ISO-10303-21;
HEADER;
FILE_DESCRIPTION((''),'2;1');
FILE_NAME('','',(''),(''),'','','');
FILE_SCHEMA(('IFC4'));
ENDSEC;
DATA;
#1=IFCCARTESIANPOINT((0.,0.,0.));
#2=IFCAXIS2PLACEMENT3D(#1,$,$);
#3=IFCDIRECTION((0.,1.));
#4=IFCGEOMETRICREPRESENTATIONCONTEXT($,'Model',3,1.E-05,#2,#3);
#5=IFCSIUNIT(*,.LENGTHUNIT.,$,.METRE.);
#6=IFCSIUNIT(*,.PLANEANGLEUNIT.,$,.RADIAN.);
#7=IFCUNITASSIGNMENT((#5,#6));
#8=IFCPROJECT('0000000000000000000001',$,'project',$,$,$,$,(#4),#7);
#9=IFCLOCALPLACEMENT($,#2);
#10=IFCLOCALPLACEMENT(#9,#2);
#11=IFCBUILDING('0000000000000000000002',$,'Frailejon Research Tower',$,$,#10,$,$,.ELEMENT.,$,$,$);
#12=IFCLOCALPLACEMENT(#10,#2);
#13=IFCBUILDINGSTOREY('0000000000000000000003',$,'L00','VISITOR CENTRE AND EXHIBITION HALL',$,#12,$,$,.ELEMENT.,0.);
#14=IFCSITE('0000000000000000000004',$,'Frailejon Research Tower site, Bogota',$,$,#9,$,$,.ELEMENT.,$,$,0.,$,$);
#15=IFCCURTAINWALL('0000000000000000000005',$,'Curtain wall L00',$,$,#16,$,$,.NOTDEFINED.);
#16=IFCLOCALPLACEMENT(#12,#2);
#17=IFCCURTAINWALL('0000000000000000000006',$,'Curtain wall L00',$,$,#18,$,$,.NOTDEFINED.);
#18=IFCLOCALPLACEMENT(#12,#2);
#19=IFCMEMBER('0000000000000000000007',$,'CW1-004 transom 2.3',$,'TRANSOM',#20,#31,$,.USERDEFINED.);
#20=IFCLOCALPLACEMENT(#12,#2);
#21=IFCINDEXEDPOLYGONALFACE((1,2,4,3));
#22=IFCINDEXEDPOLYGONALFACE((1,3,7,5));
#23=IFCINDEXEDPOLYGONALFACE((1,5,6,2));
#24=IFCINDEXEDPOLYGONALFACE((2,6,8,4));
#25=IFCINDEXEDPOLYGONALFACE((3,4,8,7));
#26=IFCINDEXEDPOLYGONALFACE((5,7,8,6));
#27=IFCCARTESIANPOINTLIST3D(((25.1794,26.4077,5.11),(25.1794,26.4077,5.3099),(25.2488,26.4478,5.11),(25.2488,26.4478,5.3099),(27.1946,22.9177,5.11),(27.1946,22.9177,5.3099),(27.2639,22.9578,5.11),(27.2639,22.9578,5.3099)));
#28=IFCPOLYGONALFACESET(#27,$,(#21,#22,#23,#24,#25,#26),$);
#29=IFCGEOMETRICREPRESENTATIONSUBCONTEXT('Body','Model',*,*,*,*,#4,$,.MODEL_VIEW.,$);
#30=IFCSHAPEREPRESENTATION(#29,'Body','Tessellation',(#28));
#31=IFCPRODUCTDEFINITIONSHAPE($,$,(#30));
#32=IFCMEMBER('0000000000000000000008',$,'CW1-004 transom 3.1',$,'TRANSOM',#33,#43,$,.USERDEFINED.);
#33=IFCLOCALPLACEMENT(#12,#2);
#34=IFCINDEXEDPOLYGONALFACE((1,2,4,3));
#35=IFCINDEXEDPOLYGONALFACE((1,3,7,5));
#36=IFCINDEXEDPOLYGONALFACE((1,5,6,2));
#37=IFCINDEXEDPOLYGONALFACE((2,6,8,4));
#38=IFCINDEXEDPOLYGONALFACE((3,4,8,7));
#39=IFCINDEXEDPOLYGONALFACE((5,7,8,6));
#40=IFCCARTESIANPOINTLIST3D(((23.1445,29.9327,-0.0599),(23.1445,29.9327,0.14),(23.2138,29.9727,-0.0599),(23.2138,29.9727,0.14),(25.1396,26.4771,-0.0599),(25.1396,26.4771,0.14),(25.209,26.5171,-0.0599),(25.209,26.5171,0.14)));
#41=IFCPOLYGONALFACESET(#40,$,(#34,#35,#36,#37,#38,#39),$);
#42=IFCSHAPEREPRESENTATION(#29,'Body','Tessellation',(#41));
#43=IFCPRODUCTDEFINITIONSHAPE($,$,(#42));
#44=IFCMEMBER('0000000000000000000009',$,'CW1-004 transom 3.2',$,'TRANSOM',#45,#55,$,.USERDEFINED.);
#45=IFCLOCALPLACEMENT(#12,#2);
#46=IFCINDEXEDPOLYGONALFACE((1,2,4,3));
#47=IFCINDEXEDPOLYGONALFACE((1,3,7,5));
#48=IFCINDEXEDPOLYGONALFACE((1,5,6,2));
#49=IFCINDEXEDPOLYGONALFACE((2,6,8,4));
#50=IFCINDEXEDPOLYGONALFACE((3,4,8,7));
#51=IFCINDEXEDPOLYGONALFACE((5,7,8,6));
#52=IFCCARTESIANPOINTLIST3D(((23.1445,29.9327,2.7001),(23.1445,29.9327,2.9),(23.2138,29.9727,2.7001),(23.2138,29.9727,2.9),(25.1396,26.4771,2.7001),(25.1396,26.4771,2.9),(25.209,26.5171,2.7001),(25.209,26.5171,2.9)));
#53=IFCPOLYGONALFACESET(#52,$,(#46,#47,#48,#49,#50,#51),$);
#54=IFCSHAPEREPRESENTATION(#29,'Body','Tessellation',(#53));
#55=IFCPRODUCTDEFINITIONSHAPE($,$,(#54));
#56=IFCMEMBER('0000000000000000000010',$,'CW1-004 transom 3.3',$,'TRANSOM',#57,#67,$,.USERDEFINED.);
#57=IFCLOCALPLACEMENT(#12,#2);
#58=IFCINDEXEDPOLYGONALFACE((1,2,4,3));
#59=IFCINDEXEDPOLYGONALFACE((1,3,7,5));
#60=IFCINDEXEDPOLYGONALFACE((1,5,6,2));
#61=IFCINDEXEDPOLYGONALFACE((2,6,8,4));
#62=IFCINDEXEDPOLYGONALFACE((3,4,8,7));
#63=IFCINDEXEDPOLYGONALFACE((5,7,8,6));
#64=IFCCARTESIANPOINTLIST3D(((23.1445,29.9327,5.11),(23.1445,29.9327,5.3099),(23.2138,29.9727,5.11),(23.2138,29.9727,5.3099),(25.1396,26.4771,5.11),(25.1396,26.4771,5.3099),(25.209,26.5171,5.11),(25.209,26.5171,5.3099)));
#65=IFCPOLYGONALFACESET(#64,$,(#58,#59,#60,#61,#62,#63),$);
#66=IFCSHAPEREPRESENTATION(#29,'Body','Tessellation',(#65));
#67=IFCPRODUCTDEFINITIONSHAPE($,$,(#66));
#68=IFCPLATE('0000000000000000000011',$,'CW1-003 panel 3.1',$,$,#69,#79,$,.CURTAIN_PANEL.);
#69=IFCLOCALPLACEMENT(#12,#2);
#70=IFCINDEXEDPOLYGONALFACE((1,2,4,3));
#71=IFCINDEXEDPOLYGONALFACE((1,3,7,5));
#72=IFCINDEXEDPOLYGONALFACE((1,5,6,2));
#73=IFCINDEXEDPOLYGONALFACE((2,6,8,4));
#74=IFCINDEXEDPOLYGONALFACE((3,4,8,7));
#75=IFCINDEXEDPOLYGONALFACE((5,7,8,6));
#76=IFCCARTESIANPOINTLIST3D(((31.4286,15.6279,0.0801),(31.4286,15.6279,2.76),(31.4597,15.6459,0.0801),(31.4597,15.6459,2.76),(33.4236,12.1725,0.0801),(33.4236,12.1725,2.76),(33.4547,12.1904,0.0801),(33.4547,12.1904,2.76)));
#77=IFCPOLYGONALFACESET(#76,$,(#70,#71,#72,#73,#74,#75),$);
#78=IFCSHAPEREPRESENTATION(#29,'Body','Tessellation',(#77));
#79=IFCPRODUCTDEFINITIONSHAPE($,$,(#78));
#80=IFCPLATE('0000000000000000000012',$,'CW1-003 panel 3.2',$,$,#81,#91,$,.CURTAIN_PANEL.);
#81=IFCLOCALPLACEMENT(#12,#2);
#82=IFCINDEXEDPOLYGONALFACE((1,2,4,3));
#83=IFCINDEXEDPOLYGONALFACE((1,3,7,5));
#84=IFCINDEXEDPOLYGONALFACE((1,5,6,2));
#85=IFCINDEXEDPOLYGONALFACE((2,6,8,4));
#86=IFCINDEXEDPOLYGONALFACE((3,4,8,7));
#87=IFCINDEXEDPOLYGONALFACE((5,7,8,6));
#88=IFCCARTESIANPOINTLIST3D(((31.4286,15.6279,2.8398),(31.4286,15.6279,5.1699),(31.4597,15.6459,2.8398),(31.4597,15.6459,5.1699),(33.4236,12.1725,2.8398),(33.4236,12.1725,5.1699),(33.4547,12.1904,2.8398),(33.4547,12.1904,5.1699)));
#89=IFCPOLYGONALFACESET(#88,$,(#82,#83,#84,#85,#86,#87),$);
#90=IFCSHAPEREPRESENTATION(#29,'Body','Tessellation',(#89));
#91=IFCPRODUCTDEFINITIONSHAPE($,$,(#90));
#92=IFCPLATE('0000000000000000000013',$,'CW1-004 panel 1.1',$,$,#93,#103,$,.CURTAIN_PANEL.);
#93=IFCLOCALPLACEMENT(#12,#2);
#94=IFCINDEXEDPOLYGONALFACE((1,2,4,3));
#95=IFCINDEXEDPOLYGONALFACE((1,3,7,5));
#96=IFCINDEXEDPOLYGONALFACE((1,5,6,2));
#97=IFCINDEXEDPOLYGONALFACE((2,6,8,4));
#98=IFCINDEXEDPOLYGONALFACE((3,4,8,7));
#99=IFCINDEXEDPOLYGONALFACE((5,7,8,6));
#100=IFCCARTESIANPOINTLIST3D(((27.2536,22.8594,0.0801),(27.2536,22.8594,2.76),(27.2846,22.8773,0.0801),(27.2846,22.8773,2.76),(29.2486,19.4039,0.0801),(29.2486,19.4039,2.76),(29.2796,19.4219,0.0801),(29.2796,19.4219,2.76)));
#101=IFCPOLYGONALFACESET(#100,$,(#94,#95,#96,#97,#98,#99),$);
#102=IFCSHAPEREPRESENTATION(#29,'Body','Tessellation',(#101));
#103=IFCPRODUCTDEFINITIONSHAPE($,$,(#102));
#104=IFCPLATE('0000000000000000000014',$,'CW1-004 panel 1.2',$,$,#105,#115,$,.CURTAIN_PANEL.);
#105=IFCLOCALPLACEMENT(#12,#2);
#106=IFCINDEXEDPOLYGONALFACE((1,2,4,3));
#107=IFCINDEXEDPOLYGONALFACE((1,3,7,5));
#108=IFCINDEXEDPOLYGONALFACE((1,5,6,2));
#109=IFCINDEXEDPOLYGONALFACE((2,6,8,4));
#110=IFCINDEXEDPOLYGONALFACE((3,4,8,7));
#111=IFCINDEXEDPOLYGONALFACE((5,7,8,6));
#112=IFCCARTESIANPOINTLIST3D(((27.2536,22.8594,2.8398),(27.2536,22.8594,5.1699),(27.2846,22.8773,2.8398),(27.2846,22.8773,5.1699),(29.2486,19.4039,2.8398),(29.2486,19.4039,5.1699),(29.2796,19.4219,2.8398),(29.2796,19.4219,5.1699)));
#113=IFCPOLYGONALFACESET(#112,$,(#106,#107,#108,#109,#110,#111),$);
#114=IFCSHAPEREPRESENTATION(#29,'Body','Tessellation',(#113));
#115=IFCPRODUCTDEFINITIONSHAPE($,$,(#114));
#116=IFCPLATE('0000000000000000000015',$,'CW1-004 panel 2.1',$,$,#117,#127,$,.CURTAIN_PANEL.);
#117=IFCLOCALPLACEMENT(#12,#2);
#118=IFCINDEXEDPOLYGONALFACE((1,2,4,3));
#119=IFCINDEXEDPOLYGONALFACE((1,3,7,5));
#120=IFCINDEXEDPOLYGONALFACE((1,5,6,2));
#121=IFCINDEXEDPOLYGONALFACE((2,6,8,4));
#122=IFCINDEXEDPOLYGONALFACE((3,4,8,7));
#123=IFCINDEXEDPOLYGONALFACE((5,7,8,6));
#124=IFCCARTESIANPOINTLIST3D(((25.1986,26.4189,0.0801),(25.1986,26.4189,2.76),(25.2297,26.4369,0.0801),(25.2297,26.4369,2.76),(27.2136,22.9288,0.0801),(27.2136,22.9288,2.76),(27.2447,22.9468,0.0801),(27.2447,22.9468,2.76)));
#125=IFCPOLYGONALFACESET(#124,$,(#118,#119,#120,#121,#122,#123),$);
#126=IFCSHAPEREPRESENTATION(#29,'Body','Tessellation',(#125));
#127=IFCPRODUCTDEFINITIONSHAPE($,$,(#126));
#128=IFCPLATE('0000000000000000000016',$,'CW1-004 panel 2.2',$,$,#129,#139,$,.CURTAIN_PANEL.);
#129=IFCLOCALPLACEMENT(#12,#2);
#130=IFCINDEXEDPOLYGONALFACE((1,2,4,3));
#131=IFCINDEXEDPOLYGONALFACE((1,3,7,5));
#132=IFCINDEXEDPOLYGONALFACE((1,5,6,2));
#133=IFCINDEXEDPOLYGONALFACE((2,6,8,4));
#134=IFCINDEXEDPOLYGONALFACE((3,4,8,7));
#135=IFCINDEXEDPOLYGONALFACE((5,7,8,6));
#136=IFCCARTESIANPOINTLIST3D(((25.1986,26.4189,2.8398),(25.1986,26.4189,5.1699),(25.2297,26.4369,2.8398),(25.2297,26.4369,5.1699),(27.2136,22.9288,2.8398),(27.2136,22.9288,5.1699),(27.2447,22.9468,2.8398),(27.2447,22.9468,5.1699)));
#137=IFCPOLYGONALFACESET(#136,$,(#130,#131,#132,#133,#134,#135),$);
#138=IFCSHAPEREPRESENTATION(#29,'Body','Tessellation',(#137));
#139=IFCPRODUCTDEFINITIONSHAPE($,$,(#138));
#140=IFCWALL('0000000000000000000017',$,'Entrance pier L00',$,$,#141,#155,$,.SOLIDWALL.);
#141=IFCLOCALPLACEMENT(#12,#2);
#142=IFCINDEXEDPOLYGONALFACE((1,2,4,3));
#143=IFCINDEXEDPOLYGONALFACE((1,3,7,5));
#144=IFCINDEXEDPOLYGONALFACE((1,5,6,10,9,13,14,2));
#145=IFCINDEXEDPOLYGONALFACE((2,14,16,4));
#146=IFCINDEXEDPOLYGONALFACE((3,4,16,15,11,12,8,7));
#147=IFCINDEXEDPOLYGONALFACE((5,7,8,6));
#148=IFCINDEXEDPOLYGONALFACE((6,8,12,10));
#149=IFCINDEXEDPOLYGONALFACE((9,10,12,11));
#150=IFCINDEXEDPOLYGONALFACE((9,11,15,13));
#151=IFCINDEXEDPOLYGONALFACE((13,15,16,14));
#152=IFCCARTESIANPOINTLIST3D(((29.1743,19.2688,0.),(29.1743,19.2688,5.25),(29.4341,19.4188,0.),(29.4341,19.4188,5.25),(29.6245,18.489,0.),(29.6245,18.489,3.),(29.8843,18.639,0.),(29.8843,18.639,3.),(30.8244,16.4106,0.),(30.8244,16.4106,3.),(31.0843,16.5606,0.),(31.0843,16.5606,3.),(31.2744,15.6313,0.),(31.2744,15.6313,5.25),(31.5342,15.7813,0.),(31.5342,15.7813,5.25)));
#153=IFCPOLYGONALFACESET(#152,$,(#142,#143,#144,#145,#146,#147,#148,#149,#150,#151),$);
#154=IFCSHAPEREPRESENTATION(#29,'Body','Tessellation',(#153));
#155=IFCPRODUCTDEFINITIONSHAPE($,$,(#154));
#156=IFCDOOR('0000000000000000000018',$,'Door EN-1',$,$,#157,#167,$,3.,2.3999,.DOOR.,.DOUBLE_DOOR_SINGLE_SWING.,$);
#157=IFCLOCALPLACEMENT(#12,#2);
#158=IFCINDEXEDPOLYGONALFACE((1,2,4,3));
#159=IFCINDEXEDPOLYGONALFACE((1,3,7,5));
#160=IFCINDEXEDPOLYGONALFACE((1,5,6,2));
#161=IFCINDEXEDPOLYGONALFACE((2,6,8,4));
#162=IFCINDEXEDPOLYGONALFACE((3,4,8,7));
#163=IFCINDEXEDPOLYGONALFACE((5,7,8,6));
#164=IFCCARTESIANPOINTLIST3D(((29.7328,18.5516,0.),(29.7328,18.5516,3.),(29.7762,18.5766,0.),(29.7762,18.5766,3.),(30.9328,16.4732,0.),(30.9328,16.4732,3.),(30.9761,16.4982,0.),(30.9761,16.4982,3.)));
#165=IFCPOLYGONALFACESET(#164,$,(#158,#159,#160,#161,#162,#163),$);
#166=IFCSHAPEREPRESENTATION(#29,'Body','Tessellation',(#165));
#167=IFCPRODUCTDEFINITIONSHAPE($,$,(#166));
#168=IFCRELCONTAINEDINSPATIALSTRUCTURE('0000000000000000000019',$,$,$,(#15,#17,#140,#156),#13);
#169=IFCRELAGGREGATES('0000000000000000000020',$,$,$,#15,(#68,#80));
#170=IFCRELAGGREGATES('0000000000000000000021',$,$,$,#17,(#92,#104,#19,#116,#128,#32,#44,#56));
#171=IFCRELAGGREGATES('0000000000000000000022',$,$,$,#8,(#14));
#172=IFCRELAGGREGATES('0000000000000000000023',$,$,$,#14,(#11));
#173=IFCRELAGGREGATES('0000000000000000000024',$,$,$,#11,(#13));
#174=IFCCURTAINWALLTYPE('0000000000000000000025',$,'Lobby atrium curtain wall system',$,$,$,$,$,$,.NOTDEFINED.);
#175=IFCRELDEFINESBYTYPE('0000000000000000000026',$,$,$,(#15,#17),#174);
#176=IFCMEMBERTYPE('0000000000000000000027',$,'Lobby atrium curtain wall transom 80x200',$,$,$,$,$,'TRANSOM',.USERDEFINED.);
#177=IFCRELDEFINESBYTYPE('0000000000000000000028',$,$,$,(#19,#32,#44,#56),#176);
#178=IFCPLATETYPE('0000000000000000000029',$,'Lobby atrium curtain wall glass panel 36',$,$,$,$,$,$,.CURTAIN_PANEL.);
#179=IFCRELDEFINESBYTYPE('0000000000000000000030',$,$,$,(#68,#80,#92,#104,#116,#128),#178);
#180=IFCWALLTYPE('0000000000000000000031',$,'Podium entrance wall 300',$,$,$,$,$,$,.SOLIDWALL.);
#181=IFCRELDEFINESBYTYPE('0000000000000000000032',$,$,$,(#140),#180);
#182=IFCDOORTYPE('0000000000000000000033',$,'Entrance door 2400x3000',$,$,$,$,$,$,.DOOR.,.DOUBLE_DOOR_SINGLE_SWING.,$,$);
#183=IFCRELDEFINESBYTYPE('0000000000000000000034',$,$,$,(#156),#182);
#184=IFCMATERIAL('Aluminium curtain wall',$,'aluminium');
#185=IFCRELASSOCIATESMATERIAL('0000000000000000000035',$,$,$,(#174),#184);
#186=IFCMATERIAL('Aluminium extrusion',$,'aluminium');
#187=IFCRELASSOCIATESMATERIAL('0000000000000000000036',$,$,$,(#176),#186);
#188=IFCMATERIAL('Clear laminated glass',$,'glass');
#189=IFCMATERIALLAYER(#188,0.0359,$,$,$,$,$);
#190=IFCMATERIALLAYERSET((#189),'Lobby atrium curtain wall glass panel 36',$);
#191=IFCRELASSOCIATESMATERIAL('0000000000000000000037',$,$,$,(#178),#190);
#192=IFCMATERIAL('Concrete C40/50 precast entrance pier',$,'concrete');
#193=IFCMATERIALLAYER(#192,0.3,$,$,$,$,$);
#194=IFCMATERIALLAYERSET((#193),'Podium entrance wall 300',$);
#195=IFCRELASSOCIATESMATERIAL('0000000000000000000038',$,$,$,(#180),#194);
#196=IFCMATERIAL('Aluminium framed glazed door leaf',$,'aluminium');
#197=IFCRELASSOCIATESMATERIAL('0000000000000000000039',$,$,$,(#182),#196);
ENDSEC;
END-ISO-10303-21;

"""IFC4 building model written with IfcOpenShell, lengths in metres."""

from ifc_helpers import new_model, si_unit, direction, frame, frame_2d, origin, origin_2d, place, context, subcontext, project, spatial, rectangle, extrude, material, layer, layer_set, material_profile, profile_set, type_object, element, fill, aggregate, save


model = new_model("IFC4")

# Units and contexts
model_context = context("Model", 3, precision=1e-05, world=origin(), true_north=direction((0.0, 1.0)))
body_context = subcontext(model_context, "Body", "Model", "MODEL_VIEW")
ifc_project = project(units=[si_unit("LENGTHUNIT", "METRE"), si_unit("PLANEANGLEUNIT", "RADIAN")], contexts=[model_context])

# Site, building, storey
site_placement = place(None, origin())
site = spatial("IfcSite", under=ifc_project, at=site_placement, Name="Frailejon Research Tower site, Bogota", CompositionType="ELEMENT", RefElevation=0.0)
building_placement = place(site_placement, origin())
building = spatial("IfcBuilding", under=site, at=building_placement, Name="Frailejon Research Tower", CompositionType="ELEMENT")
storey_placement = place(building_placement, origin())
storey = spatial("IfcBuildingStorey", under=building, at=storey_placement, Name="L00", Description="VISITOR CENTRE AND EXHIBITION HALL", CompositionType="ELEMENT", Elevation=0.0)

# Curtain wall
ifc_material_1 = material(Name="Aluminium curtain wall", Category="aluminium")
curtain_wall_type = type_object("IfcCurtainWallType", Name="Lobby atrium curtain wall system", PredefinedType="NOTDEFINED", material=ifc_material_1)
curtain_wall_1_placement = place(storey_placement, origin())
curtain_wall_1 = element("IfcCurtainWall", 1, at=curtain_wall_1_placement, inside=storey, type_object=curtain_wall_type, Name="Curtain wall L00", PredefinedType="NOTDEFINED")

# Curtain wall, members
curtain_wall_2_placement = place(storey_placement, origin())
curtain_wall_2 = element("IfcCurtainWall", 2, at=curtain_wall_2_placement, inside=storey, type_object=curtain_wall_type, Name="Curtain wall L00", PredefinedType="NOTDEFINED")
ifc_material_2 = material(Name="Aluminium extrusion", Category="aluminium")
ifc_material_profile_1 = material_profile(ifc_material_2, rectangle(XDim=0.0801, YDim=0.2, at=origin_2d()), Name="Lobby atrium curtain wall transom 80x200")
ifc_profile_set_1 = profile_set([ifc_material_profile_1], Name="Aluminium extrusion")
member_type_1 = type_object("IfcMemberType", Name="Lobby atrium curtain wall transom 80x200", ElementType="TRANSOM", PredefinedType="USERDEFINED", material=ifc_profile_set_1)
member_1_placement = place(storey_placement, frame((27.2292, 22.9377, 5.21), z_axis=(-0.500035, 0.866005, 0.0), x_axis=(-0.866005, -0.500035, 0.0)))
member_1 = element("IfcMember", 3, at=member_1_placement, type_object=member_type_1, Name="CW1-004 transom 2.3", ObjectType="TRANSOM", PredefinedType="USERDEFINED", context=body_context, shape_type="SweptSolid", body=[
    extrude(rectangle(XDim=0.0801, YDim=0.2, at=origin_2d()), origin(), (0.0, 0.0, 1.0), 4.03),
])
member_2_placement = place(storey_placement, frame((25.1743, 26.4971, 0.04), z_axis=(-0.500008, 0.866021, 0.0), x_axis=(-0.866021, -0.500008, 0.0)))
member_2 = element("IfcMember", 4, at=member_2_placement, type_object=member_type_1, Name="CW1-004 transom 3.1", ObjectType="TRANSOM", PredefinedType="USERDEFINED", context=body_context, shape_type="SweptSolid", body=[
    extrude(rectangle(XDim=0.0801, YDim=0.2, at=origin_2d()), origin(), (0.0, 0.0, 1.0), 3.9902),
])
member_3_placement = place(storey_placement, frame((25.1743, 26.4971, 2.8), z_axis=(-0.500008, 0.866021, 0.0), x_axis=(-0.866021, -0.500008, 0.0)))
member_3 = element("IfcMember", 5, at=member_3_placement, type_object=member_type_1, Name="CW1-004 transom 3.2", ObjectType="TRANSOM", PredefinedType="USERDEFINED", context=body_context, shape_type="SweptSolid", body=[
    extrude(rectangle(XDim=0.0801, YDim=0.2, at=origin_2d()), origin(), (0.0, 0.0, 1.0), 3.9902),
])
member_4_placement = place(storey_placement, frame((25.1743, 26.4971, 5.21), z_axis=(-0.500008, 0.866021, 0.0), x_axis=(-0.866021, -0.500008, 0.0)))
member_4 = element("IfcMember", 6, at=member_4_placement, type_object=member_type_1, Name="CW1-004 transom 3.3", ObjectType="TRANSOM", PredefinedType="USERDEFINED", context=body_context, shape_type="SweptSolid", body=[
    extrude(rectangle(XDim=0.0801, YDim=0.2, at=origin_2d()), origin(), (0.0, 0.0, 1.0), 3.9902),
])

# Plates
ifc_material_3 = material(Name="Clear laminated glass", Category="glass")
ifc_layer_1 = layer(ifc_material_3, 0.0359)
ifc_layer_set_1 = layer_set([ifc_layer_1], Name="Lobby atrium curtain wall glass panel 36")
plate_type = type_object("IfcPlateType", Name="Lobby atrium curtain wall glass panel 36", PredefinedType="CURTAIN_PANEL", material=ifc_layer_set_1)
plate_1_placement = place(storey_placement, frame((32.4417, 13.9092, 0.0801), z_axis=(0.0, 0.0, 1.0), x_axis=(-0.5, 0.866026, 0.0)))
plate_1 = element("IfcPlate", 7, at=plate_1_placement, type_object=plate_type, Name="CW1-003 panel 3.1", PredefinedType="CURTAIN_PANEL", context=body_context, shape_type="SweptSolid", body=[
    extrude(rectangle(XDim=3.99, YDim=0.0359, at=origin_2d()), origin(), (0.0, 0.0, 1.0), 2.6799),
])
plate_2_placement = place(storey_placement, frame((32.4417, 13.9092, 2.8398), z_axis=(0.0, 0.0, 1.0), x_axis=(-0.5, 0.866026, 0.0)))
plate_2 = element("IfcPlate", 8, at=plate_2_placement, type_object=plate_type, Name="CW1-003 panel 3.2", PredefinedType="CURTAIN_PANEL", context=body_context, shape_type="SweptSolid", body=[
    extrude(rectangle(XDim=3.99, YDim=0.0359, at=origin_2d()), origin(), (0.0, 0.0, 1.0), 2.3301),
])
aggregate(curtain_wall_1, [plate_1, plate_2])
plate_3_placement = place(storey_placement, frame((28.2666, 21.1406, 0.0801), z_axis=(0.0, 0.0, 1.0), x_axis=(-0.5, 0.866026, 0.0)))
plate_3 = element("IfcPlate", 9, at=plate_3_placement, type_object=plate_type, Name="CW1-004 panel 1.1", PredefinedType="CURTAIN_PANEL", context=body_context, shape_type="SweptSolid", body=[
    extrude(rectangle(XDim=3.99, YDim=0.0359, at=origin_2d()), origin(), (0.0, 0.0, 1.0), 2.6799),
])
plate_4_placement = place(storey_placement, frame((28.2666, 21.1406, 2.8398), z_axis=(0.0, 0.0, 1.0), x_axis=(-0.5, 0.866026, 0.0)))
plate_4 = element("IfcPlate", 10, at=plate_4_placement, type_object=plate_type, Name="CW1-004 panel 1.2", PredefinedType="CURTAIN_PANEL", context=body_context, shape_type="SweptSolid", body=[
    extrude(rectangle(XDim=3.99, YDim=0.0359, at=origin_2d()), origin(), (0.0, 0.0, 1.0), 2.3301),
])
plate_5_placement = place(storey_placement, frame((26.2217, 24.6829, 0.0801), z_axis=(0.0, 0.0, 1.0), x_axis=(-0.5, 0.866026, 0.0)))
plate_5 = element("IfcPlate", 11, at=plate_5_placement, type_object=plate_type, Name="CW1-004 panel 2.1", PredefinedType="CURTAIN_PANEL", context=body_context, shape_type="SweptSolid", body=[
    extrude(rectangle(XDim=4.03, YDim=0.0359, at=origin_2d()), origin(), (0.0, 0.0, 1.0), 2.6799),
])
plate_6_placement = place(storey_placement, frame((26.2217, 24.6829, 2.8398), z_axis=(0.0, 0.0, 1.0), x_axis=(-0.5, 0.866026, 0.0)))
plate_6 = element("IfcPlate", 12, at=plate_6_placement, type_object=plate_type, Name="CW1-004 panel 2.2", PredefinedType="CURTAIN_PANEL", context=body_context, shape_type="SweptSolid", body=[
    extrude(rectangle(XDim=4.03, YDim=0.0359, at=origin_2d()), origin(), (0.0, 0.0, 1.0), 2.3301),
])
aggregate(curtain_wall_2, [plate_3, plate_4, member_1, plate_5, plate_6, member_2, member_3, member_4])

# Wall, opening, door
ifc_material_4 = material(Name="Concrete C40/50 precast entrance pier", Category="concrete")
ifc_layer_2 = layer(ifc_material_4, 0.3)
ifc_layer_set_2 = layer_set([ifc_layer_2], Name="Podium entrance wall 300")
wall_type = type_object("IfcWallType", Name="Podium entrance wall 300", PredefinedType="SOLIDWALL", material=ifc_layer_set_2)
wall_placement = place(storey_placement, frame((31.4043, 15.7063, 0.0), z_axis=(0.0, 0.0, 1.0), x_axis=(-0.500003, 0.866024, 0.0)))
wall = element("IfcWall", 13, at=wall_placement, inside=storey, type_object=wall_type, Name="Entrance pier L00", PredefinedType="SOLIDWALL", context=body_context, shape_type="SweptSolid", body=[
    extrude(rectangle(XDim=4.2002, YDim=0.3, at=frame_2d((2.1001, 0.0))), origin(), (0.0, 0.0, 1.0), 5.25),
])
opening_placement = place(wall_placement, frame((0.8999, 0.0, 0.0)))
opening = element("IfcOpeningElement", 14, at=opening_placement, cuts=wall, PredefinedType="OPENING", context=body_context, shape_type="SweptSolid", body=[
    extrude(rectangle(XDim=2.3999, YDim=3.0, at=frame_2d((1.2, 1.5))), frame((0.0, 0.1599, 0.0), z_axis=(0.0, -1.0, 0.0), x_axis=(1.0, 0.0, 0.0)), (0.0, 0.0, 1.0), 0.3201),
])
ifc_material_5 = material(Name="Aluminium framed glazed door leaf", Category="aluminium")
door_type = type_object("IfcDoorType", Name="Entrance door 2400x3000", OperationType="DOUBLE_DOOR_SINGLE_SWING", PredefinedType="DOOR", material=ifc_material_5)
door_placement = place(opening_placement, origin())
door = element("IfcDoor", 15, at=door_placement, inside=storey, type_object=door_type, Name="Door EN-1", OperationType="DOUBLE_DOOR_SINGLE_SWING", OverallHeight=3.0, OverallWidth=2.3999, PredefinedType="DOOR", context=body_context, shape_type="SweptSolid", body=[
    extrude(rectangle(XDim=2.3999, YDim=3.0, at=frame_2d((1.2, 1.5))), frame((0.0, 0.0249, 0.0), z_axis=(0.0, -1.0, 0.0), x_axis=(1.0, 0.0, 0.0)), (0.0, 0.0, 1.0), 0.05),
])
fill(opening, door)

save(model, "model.ifc")
